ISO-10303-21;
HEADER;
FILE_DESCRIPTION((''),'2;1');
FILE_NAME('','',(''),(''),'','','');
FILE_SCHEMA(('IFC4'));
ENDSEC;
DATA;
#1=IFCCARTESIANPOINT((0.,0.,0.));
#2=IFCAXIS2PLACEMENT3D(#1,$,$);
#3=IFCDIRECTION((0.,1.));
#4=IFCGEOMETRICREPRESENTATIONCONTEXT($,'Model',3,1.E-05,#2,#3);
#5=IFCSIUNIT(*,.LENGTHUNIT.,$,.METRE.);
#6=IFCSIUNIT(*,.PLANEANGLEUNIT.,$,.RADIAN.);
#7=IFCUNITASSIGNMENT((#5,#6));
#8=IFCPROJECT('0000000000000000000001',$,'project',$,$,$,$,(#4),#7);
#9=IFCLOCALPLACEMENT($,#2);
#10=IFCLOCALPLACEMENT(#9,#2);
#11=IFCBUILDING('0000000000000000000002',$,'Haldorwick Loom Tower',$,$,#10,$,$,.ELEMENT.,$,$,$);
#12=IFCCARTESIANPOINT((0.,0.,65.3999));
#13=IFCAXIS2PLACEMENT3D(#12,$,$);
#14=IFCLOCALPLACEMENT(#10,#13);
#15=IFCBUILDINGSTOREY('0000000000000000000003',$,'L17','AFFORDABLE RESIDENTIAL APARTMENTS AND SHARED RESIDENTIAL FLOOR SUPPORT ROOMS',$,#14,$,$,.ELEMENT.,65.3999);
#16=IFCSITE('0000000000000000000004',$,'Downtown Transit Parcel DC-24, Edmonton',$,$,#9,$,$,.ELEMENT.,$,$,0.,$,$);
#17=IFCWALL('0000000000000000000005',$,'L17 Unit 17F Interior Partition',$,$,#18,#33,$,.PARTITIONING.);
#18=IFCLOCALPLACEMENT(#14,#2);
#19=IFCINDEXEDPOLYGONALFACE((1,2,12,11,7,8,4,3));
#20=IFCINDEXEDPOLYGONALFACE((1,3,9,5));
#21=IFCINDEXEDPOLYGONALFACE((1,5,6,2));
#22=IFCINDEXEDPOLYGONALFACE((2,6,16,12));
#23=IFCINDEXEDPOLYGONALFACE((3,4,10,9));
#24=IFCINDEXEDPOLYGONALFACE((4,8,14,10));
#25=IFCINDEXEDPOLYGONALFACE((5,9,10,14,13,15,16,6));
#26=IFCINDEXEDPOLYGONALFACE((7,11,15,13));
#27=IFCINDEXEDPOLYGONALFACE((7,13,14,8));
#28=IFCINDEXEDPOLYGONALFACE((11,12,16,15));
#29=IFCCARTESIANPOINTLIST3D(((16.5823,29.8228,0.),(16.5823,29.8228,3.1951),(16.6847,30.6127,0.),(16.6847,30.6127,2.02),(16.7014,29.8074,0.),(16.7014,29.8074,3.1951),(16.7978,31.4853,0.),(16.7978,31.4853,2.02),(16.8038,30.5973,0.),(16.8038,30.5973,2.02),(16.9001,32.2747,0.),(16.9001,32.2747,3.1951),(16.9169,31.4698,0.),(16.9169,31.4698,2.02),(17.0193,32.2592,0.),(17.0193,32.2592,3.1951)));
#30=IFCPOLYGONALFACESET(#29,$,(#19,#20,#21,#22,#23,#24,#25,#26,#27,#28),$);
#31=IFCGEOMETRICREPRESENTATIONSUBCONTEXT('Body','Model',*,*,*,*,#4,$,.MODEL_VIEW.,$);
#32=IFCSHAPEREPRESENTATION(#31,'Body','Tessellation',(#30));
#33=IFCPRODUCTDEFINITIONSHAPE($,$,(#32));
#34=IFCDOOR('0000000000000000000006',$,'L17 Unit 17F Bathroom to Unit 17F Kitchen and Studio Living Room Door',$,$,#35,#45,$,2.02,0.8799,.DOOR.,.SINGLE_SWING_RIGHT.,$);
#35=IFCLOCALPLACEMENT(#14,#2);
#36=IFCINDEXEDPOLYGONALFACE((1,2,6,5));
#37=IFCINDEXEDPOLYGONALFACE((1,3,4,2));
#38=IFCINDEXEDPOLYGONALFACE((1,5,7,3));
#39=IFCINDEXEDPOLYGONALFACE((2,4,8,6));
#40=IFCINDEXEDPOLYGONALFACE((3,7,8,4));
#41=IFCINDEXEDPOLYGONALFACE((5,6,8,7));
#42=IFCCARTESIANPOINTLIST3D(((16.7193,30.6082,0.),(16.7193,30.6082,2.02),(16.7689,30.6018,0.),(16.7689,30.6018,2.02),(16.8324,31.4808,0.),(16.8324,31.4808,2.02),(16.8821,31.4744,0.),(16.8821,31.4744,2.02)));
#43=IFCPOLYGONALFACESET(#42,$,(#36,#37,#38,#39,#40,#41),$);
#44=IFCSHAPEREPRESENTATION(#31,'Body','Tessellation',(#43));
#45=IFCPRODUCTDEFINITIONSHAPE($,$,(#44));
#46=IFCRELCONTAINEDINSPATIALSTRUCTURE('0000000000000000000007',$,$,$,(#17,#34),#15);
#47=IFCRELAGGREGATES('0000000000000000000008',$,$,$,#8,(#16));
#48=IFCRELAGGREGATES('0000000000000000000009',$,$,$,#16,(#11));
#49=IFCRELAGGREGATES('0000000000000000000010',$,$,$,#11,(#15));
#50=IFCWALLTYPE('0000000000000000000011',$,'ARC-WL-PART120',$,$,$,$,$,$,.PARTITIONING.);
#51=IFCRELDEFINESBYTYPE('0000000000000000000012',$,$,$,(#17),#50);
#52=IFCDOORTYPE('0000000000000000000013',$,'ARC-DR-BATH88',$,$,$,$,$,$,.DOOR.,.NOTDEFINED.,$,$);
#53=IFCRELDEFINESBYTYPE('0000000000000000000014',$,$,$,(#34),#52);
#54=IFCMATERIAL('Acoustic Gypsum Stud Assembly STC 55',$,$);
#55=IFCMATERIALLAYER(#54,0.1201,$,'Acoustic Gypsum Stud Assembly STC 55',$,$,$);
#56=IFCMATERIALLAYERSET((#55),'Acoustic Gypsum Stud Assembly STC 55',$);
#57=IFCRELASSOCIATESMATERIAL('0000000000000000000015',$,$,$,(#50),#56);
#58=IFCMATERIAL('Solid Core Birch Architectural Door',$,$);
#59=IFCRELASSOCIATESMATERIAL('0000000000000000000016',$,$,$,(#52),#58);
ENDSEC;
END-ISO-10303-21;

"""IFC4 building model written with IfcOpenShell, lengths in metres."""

from ifc_helpers import new_model, si_unit, direction, frame, frame_2d, origin, place, context, subcontext, project, spatial, rectangle, extrude, material, layer, layer_set, type_object, element, fill, save


model = new_model("IFC4")

# Units and contexts
model_context = context("Model", 3, precision=1e-05, world=origin(), true_north=direction((0.0, 1.0)))
body_context = subcontext(model_context, "Body", "Model", "MODEL_VIEW")
ifc_project = project(units=[si_unit("LENGTHUNIT", "METRE"), si_unit("PLANEANGLEUNIT", "RADIAN")], contexts=[model_context])

# Site, building, storey
site_placement = place(None, origin())
site = spatial("IfcSite", under=ifc_project, at=site_placement, Name="Downtown Transit Parcel DC-24, Edmonton", CompositionType="ELEMENT", RefElevation=0.0)
building_placement = place(site_placement, origin())
building = spatial("IfcBuilding", under=site, at=building_placement, Name="Haldorwick Loom Tower", CompositionType="ELEMENT")
storey_placement = place(building_placement, frame((0.0, 0.0, 65.3999)))
storey = spatial("IfcBuildingStorey", under=building, at=storey_placement, Name="L17", Description="AFFORDABLE RESIDENTIAL APARTMENTS AND SHARED RESIDENTIAL FLOOR SUPPORT ROOMS", CompositionType="ELEMENT", Elevation=65.3999)

# Shared definitions
ifc_material_1 = material(Name="Solid Core Birch Architectural Door")

# Wall, opening, door
ifc_material_2 = material(Name="Acoustic Gypsum Stud Assembly STC 55")
ifc_layer_1 = layer(ifc_material_2, 0.1201, Name="Acoustic Gypsum Stud Assembly STC 55")
ifc_layer_set_1 = layer_set([ifc_layer_1], Name="Acoustic Gypsum Stud Assembly STC 55")
wall_type_1 = type_object("IfcWallType", Name="ARC-WL-PART120", PredefinedType="PARTITIONING", material=ifc_layer_set_1)
wall_1_placement = place(storey_placement, frame((16.9597, 32.2671, 0.0), z_axis=(0.0, 0.0, 1.0), x_axis=(-0.128567, -0.991701, 0.0)))
wall_1 = element("IfcWall", 1, at=wall_1_placement, inside=storey, type_object=wall_type_1, Name="L17 Unit 17F Interior Partition", PredefinedType="PARTITIONING", context=body_context, shape_type="SweptSolid", body=[
    extrude(rectangle(XDim=2.4724, YDim=0.1201, at=frame_2d((1.2363, 0.0))), origin(), (0.0, 0.0, 1.0), 3.1951),
])
opening_1_placement = place(wall_1_placement, frame((0.7961, 0.0, 0.0)))
opening_1 = element("IfcOpeningElement", 2, at=opening_1_placement, cuts=wall_1, PredefinedType="OPENING", context=body_context, shape_type="SweptSolid", body=[
    extrude(rectangle(XDim=0.8799, YDim=2.02, at=frame_2d((0.4399, 1.01))), frame((0.0, 0.0701, 0.0), z_axis=(0.0, -1.0, 0.0), x_axis=(1.0, 0.0, 0.0)), (0.0, 0.0, 1.0), 0.1401),
])
door_type_1 = type_object("IfcDoorType", Name="ARC-DR-BATH88", OperationType="NOTDEFINED", PredefinedType="DOOR", material=ifc_material_1)
door_1_placement = place(opening_1_placement, origin())
door_1 = element("IfcDoor", 3, at=door_1_placement, inside=storey, type_object=door_type_1, Name="L17 Unit 17F Bathroom to Unit 17F Kitchen and Studio Living Room Door", OperationType="SINGLE_SWING_RIGHT", OverallHeight=2.02, OverallWidth=0.8799, PredefinedType="DOOR", context=body_context, shape_type="SweptSolid", body=[
    extrude(rectangle(XDim=0.8799, YDim=2.02, at=frame_2d((0.4399, 1.01))), frame((0.0, 0.0249, 0.0), z_axis=(0.0, -1.0, 0.0), x_axis=(1.0, 0.0, 0.0)), (0.0, 0.0, 1.0), 0.05),
])
fill(opening_1, door_1)

save(model, "model.ifc")
